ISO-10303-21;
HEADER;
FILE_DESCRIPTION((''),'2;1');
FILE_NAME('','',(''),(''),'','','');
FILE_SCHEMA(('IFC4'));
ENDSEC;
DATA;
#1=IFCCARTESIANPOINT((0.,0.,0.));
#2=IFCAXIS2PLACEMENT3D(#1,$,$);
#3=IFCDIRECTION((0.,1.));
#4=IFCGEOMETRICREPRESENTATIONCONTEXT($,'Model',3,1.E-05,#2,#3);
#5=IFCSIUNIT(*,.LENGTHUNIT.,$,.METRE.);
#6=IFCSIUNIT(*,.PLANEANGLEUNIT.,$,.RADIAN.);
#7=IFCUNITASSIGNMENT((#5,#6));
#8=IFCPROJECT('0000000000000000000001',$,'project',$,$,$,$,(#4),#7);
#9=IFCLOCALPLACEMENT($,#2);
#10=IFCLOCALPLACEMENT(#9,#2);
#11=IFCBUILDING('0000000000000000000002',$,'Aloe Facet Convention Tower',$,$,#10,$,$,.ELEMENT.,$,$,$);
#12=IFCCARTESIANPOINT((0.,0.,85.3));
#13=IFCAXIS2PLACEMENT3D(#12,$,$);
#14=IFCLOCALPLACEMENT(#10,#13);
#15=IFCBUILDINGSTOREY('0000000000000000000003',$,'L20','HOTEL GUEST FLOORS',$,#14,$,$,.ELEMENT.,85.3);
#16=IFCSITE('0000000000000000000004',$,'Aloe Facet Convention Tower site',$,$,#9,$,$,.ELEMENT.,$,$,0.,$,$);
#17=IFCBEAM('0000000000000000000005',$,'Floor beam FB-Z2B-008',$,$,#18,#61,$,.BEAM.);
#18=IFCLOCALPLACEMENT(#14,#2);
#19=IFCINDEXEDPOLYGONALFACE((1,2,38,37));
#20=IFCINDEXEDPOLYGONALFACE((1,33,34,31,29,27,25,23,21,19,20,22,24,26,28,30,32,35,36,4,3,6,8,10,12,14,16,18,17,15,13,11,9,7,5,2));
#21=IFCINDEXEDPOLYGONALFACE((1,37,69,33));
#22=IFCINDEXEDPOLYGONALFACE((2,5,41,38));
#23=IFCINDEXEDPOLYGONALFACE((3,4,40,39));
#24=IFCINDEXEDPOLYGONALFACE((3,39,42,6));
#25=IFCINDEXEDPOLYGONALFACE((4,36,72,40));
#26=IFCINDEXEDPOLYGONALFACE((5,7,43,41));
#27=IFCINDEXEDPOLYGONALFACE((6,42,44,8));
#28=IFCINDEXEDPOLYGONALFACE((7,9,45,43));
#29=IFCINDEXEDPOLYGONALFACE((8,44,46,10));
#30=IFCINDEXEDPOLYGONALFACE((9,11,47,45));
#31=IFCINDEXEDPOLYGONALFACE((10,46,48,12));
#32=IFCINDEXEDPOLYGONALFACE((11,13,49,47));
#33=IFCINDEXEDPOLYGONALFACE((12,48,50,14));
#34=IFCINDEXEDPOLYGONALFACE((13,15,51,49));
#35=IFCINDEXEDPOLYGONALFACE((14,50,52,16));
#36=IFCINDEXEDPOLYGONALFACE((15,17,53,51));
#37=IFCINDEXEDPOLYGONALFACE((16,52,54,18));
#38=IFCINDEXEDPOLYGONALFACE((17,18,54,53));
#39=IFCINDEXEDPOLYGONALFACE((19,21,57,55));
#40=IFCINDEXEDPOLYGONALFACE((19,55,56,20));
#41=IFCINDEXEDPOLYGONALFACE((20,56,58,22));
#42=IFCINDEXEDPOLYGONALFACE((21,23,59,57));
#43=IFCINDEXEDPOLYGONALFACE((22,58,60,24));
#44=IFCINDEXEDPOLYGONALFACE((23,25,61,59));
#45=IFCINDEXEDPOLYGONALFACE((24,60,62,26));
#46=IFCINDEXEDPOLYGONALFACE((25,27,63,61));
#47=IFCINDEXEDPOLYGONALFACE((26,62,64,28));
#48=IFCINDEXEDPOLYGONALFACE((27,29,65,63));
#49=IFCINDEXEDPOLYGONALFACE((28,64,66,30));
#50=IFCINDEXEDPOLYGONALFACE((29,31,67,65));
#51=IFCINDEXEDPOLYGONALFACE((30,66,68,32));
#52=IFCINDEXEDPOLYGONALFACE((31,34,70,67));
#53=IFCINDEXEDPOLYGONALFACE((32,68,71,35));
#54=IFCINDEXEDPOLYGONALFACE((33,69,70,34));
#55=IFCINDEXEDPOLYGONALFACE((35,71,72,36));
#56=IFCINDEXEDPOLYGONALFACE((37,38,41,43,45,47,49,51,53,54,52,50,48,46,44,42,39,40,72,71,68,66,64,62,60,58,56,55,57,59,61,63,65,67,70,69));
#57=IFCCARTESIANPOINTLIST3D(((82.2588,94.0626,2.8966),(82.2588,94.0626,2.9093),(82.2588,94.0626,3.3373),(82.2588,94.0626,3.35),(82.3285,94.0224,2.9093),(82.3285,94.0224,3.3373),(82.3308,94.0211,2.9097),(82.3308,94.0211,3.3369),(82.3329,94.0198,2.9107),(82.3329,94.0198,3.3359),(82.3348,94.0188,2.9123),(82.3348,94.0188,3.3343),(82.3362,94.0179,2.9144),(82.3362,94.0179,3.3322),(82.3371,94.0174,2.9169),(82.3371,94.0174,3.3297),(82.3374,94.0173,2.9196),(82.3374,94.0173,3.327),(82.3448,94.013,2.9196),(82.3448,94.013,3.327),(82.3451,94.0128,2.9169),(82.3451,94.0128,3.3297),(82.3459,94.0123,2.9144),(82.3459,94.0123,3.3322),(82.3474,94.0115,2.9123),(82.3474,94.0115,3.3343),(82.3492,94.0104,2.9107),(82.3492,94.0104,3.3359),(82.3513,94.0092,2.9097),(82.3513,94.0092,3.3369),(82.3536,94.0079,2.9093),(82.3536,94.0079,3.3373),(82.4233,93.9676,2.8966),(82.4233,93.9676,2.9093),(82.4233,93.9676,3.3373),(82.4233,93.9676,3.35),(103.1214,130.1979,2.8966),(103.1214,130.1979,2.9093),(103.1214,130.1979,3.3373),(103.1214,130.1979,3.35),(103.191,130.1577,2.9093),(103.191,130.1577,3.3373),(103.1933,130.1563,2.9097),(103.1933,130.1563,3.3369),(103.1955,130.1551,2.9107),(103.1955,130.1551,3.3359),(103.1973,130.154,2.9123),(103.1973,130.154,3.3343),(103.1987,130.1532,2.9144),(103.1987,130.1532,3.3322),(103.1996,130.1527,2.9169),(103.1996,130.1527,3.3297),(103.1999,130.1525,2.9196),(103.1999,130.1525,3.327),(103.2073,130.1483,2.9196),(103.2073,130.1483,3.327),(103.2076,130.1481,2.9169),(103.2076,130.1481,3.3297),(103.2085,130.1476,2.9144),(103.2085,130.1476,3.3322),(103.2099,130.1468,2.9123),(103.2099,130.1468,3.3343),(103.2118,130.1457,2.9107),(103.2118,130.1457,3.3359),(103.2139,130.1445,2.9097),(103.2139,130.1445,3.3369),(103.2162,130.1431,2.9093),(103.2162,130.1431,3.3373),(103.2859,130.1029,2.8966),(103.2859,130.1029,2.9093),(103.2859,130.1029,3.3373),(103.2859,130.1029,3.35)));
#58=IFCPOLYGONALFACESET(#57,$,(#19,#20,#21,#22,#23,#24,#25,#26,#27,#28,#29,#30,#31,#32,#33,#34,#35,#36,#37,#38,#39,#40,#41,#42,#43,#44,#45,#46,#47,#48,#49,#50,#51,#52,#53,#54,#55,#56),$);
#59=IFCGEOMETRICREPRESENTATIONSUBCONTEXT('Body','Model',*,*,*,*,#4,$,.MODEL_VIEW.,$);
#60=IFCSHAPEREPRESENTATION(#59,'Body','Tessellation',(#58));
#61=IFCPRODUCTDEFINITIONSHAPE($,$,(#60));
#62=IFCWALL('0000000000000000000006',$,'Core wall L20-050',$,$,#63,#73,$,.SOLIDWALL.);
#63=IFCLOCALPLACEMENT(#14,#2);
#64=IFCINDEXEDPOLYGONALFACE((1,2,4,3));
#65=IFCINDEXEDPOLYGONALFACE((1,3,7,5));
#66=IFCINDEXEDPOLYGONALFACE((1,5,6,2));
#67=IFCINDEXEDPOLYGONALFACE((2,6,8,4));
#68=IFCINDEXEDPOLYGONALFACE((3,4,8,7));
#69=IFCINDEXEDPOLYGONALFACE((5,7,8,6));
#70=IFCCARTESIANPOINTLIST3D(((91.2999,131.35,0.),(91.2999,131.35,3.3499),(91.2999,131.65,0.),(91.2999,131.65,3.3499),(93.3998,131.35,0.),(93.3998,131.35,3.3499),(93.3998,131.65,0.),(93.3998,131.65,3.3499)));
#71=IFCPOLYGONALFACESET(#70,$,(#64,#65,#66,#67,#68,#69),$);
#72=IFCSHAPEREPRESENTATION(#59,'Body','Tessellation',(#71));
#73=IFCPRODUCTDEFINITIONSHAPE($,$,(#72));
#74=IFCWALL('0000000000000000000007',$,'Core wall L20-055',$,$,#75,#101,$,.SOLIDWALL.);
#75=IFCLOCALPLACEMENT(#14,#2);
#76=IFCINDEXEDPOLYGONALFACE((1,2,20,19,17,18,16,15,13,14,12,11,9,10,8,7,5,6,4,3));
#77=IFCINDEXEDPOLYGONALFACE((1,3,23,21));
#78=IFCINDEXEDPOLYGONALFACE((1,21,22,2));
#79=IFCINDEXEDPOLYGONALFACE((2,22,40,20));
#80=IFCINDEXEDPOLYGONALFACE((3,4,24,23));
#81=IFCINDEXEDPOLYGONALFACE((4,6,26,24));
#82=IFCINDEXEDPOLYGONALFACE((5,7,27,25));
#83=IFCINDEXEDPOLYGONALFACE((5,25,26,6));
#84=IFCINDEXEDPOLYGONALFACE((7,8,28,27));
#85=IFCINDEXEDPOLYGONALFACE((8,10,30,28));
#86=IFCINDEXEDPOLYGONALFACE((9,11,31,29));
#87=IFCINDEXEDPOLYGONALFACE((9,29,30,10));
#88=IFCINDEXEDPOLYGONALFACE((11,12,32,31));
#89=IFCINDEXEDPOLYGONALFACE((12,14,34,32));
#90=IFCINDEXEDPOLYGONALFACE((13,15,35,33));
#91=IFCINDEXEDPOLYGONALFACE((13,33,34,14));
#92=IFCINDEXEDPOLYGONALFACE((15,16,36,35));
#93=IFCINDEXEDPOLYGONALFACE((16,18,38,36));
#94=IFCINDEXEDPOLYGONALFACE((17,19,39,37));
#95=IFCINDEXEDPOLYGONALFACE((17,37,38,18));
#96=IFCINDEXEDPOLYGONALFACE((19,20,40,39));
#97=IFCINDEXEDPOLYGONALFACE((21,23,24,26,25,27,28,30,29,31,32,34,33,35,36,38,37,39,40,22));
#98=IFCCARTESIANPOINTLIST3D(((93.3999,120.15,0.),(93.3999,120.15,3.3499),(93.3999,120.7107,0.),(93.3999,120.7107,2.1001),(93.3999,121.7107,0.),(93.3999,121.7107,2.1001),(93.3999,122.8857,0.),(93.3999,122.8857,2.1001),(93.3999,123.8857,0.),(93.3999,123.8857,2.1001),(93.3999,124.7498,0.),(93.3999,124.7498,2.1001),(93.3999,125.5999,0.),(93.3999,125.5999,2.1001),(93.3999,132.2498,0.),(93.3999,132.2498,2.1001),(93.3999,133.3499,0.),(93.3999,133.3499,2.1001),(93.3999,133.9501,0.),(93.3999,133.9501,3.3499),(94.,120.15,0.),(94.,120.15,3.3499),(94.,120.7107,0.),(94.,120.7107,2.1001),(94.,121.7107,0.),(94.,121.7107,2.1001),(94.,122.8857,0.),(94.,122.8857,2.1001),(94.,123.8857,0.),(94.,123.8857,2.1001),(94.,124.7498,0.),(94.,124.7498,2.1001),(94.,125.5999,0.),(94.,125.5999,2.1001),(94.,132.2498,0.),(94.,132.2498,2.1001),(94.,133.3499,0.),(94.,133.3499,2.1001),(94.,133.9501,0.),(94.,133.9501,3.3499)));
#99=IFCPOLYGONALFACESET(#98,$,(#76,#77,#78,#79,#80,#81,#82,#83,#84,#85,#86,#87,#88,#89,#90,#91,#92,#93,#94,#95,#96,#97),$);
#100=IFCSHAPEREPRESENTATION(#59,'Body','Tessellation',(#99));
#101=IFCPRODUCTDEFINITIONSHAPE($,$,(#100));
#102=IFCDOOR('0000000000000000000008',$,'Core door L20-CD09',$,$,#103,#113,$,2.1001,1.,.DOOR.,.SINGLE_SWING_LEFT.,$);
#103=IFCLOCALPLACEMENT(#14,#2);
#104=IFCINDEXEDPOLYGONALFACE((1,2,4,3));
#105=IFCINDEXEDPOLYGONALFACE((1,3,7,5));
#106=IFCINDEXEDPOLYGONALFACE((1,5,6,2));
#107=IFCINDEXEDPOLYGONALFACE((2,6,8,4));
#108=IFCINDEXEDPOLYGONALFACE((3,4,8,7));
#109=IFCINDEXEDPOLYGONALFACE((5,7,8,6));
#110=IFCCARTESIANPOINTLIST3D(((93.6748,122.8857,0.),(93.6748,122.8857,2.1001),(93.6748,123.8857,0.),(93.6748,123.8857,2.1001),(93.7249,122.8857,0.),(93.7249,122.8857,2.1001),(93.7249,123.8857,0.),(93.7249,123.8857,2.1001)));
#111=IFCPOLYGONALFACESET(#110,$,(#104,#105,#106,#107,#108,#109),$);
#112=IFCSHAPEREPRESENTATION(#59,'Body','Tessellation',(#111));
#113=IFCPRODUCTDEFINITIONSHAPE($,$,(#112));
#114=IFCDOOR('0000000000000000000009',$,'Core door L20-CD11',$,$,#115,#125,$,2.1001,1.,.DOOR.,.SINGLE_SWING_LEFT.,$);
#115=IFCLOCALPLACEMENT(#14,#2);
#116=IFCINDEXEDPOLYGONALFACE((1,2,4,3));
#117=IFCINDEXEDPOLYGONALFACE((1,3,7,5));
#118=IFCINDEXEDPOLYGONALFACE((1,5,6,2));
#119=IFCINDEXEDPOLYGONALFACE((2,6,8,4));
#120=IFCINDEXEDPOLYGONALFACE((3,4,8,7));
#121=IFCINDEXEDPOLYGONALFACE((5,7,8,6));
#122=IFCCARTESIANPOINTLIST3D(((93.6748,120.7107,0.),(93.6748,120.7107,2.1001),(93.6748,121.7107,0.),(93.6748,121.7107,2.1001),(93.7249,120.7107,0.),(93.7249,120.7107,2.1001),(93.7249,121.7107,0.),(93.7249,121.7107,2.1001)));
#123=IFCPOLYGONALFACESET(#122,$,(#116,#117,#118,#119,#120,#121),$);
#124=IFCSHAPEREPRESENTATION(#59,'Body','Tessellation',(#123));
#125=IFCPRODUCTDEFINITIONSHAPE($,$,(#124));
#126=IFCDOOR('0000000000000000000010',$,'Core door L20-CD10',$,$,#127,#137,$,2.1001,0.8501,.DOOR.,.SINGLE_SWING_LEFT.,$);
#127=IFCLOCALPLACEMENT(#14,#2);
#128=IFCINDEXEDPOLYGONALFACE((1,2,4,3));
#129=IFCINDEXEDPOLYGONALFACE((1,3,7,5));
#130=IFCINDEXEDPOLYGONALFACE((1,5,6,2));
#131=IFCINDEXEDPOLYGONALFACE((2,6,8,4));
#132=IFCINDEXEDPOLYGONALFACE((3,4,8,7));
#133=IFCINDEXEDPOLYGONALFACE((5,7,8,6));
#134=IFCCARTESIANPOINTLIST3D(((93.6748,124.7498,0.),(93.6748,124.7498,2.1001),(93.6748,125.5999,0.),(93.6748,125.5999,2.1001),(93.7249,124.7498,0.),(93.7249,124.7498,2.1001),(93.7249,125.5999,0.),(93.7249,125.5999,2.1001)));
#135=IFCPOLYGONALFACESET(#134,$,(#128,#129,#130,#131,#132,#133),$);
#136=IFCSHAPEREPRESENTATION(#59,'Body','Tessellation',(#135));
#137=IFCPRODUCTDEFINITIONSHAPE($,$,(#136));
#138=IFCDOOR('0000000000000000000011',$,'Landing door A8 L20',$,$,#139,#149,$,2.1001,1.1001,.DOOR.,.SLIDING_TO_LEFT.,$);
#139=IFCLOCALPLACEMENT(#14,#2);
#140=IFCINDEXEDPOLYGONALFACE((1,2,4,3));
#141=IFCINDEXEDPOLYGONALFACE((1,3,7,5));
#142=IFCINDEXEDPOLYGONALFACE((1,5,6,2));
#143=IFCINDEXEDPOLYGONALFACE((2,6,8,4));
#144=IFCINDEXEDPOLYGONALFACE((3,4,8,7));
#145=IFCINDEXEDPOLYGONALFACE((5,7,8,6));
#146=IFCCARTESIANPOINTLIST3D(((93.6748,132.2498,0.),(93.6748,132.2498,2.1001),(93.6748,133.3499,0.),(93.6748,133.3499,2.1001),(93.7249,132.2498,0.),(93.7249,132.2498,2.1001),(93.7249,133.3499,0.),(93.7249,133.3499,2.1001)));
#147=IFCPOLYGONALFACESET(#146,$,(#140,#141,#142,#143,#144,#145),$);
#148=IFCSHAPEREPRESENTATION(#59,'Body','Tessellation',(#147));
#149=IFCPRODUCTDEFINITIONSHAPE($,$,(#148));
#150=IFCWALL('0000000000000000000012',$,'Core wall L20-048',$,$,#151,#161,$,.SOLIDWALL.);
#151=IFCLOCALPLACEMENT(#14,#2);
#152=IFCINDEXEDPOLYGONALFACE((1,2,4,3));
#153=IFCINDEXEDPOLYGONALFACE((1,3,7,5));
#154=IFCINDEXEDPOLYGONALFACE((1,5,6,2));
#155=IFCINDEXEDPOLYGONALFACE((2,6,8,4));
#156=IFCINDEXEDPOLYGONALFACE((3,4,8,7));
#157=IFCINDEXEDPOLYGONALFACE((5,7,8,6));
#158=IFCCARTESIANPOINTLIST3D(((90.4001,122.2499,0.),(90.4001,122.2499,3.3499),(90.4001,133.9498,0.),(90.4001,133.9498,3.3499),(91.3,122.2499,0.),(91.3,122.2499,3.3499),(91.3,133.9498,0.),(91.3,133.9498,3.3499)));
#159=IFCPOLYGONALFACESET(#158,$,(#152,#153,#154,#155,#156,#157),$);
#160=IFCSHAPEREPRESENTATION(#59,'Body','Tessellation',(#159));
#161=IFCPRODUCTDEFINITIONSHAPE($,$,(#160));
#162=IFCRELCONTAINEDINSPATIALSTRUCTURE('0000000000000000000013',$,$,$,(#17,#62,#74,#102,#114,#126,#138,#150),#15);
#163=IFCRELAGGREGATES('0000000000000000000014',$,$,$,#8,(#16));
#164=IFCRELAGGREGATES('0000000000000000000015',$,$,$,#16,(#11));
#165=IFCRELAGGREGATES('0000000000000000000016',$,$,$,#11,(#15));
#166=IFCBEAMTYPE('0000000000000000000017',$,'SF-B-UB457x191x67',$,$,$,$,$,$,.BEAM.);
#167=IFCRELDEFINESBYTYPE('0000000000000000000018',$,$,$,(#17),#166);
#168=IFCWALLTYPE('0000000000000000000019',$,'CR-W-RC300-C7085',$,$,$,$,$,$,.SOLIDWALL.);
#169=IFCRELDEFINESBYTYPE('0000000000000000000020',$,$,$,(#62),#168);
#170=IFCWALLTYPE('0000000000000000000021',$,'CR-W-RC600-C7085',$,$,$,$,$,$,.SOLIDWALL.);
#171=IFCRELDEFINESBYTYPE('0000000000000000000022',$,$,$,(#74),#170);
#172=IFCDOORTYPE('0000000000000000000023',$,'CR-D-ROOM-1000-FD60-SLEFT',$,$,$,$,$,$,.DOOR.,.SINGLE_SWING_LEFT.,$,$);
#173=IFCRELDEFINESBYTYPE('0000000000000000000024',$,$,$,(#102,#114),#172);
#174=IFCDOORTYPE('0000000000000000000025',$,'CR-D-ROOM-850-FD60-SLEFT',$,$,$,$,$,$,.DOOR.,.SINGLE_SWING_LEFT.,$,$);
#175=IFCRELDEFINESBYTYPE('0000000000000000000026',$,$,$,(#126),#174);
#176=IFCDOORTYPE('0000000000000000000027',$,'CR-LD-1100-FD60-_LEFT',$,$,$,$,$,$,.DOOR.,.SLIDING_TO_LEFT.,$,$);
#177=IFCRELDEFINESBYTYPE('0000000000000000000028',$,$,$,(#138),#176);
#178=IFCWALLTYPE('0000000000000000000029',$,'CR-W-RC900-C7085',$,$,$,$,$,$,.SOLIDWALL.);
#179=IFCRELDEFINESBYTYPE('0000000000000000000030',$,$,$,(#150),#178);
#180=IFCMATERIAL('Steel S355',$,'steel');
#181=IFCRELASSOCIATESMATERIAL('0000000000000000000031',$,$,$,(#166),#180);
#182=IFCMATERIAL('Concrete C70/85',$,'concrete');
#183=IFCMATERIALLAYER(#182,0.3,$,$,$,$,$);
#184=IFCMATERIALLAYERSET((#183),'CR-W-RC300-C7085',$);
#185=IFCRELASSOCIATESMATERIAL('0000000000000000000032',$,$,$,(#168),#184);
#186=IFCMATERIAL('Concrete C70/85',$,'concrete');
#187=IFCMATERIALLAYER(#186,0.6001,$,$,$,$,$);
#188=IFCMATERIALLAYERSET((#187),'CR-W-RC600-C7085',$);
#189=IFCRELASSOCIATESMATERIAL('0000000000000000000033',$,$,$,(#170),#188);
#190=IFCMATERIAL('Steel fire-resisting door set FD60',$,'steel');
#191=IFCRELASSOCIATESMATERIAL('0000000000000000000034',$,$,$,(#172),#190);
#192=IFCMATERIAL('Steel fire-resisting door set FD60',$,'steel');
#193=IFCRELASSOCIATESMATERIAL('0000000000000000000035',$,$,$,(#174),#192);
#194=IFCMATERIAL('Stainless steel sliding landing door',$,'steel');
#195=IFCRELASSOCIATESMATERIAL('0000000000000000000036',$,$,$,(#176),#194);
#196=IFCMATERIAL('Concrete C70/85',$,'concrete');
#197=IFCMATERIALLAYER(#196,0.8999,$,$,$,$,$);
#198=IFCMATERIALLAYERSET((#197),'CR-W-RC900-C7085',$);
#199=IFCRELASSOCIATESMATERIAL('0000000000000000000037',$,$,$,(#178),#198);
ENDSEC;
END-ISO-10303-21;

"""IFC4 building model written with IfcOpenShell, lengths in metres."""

from ifc_helpers import new_model, si_unit, direction, frame, frame_2d, origin, origin_2d, place, context, subcontext, project, spatial, rectangle, i_section, extrude, material, layer, layer_set, material_profile, profile_set, type_object, element, fill, save


model = new_model("IFC4")

# Units and contexts
model_context = context("Model", 3, precision=1e-05, world=origin(), true_north=direction((0.0, 1.0)))
body_context = subcontext(model_context, "Body", "Model", "MODEL_VIEW")
ifc_project = project(units=[si_unit("LENGTHUNIT", "METRE"), si_unit("PLANEANGLEUNIT", "RADIAN")], contexts=[model_context])

# Site, building, storey
site_placement = place(None, origin())
site = spatial("IfcSite", under=ifc_project, at=site_placement, Name="Aloe Facet Convention Tower site", CompositionType="ELEMENT", RefElevation=0.0)
building_placement = place(site_placement, origin())
building = spatial("IfcBuilding", under=site, at=building_placement, Name="Aloe Facet Convention Tower", CompositionType="ELEMENT")
storey_placement = place(building_placement, frame((0.0, 0.0, 85.3)))
storey = spatial("IfcBuildingStorey", under=building, at=storey_placement, Name="L20", Description="HOTEL GUEST FLOORS", CompositionType="ELEMENT", Elevation=85.3)

# Beam
ifc_material_1 = material(Name="Steel S355", Category="steel")
ifc_material_profile_1 = material_profile(ifc_material_1, i_section(OverallWidth=0.1899, OverallDepth=0.4534, WebThickness=0.0085, FlangeThickness=0.0127, FilletRadius=0.0103, at=origin_2d()), Name="UB 457x191x67")
ifc_profile_set_1 = profile_set([ifc_material_profile_1], Name="Steel S355")
beam_type_1 = type_object("IfcBeamType", Name="SF-B-UB457x191x67", PredefinedType="BEAM", material=ifc_profile_set_1)
beam_1_placement = place(storey_placement, frame((103.2036, 130.1504, 3.1233), z_axis=(-0.499997, -0.866027, 0.0), x_axis=(0.866027, -0.499997, 0.0)))
element("IfcBeam", 1, at=beam_1_placement, inside=storey, type_object=beam_type_1, Name="Floor beam FB-Z2B-008", PredefinedType="BEAM", context=body_context, shape_type="SweptSolid", body=[
    extrude(i_section(OverallWidth=0.1899, OverallDepth=0.4534, WebThickness=0.0085, FlangeThickness=0.0127, FilletRadius=0.0103, at=origin_2d()), origin(), (0.0, 0.0, 1.0), 41.7253),
])

# Wall
ifc_material_2 = material(Name="Concrete C70/85", Category="concrete")
ifc_layer_1 = layer(ifc_material_2, 0.3)
ifc_layer_set_1 = layer_set([ifc_layer_1], Name="CR-W-RC300-C7085")
wall_type_1 = type_object("IfcWallType", Name="CR-W-RC300-C7085", PredefinedType="SOLIDWALL", material=ifc_layer_set_1)
wall_1_placement = place(storey_placement, frame((91.3, 131.5, 0.0), z_axis=(0.0, 0.0, 1.0), x_axis=(1.0, 0.0, 0.0)))
element("IfcWall", 2, at=wall_1_placement, inside=storey, type_object=wall_type_1, Name="Core wall L20-050", PredefinedType="SOLIDWALL", context=body_context, shape_type="SweptSolid", body=[
    extrude(rectangle(XDim=2.0999, YDim=0.3, at=frame_2d((1.0498, 0.0))), origin(), (0.0, 0.0, 1.0), 3.3499),
])

# Wall, openings, doors
ifc_material_3 = material(Name="Concrete C70/85", Category="concrete")
ifc_layer_2 = layer(ifc_material_3, 0.6001)
ifc_layer_set_2 = layer_set([ifc_layer_2], Name="CR-W-RC600-C7085")
wall_type_2 = type_object("IfcWallType", Name="CR-W-RC600-C7085", PredefinedType="SOLIDWALL", material=ifc_layer_set_2)
wall_2_placement = place(storey_placement, frame((93.7, 133.95, 0.0), z_axis=(0.0, 0.0, 1.0), x_axis=(0.0, -1.0, 0.0)))
wall_2 = element("IfcWall", 3, at=wall_2_placement, inside=storey, type_object=wall_type_2, Name="Core wall L20-055", PredefinedType="SOLIDWALL", context=body_context, shape_type="SweptSolid", body=[
    extrude(rectangle(XDim=13.8, YDim=0.6001, at=frame_2d((6.8999, 0.0))), origin(), (0.0, 0.0, 1.0), 3.3499),
])
opening_1_placement = place(wall_2_placement, frame((0.6001, 0.0, 0.0)))
opening_1 = element("IfcOpeningElement", 4, at=opening_1_placement, cuts=wall_2, PredefinedType="OPENING", context=body_context, shape_type="SweptSolid", body=[
    extrude(rectangle(XDim=1.1001, YDim=2.1001, at=frame_2d((0.55, 1.05))), frame((0.0, 0.3101, 0.0), z_axis=(0.0, -1.0, 0.0), x_axis=(1.0, 0.0, 0.0)), (0.0, 0.0, 1.0), 0.6201),
])
opening_2_placement = place(wall_2_placement, frame((10.0642, 0.0, 0.0)))
opening_2 = element("IfcOpeningElement", 5, at=opening_2_placement, cuts=wall_2, PredefinedType="OPENING", context=body_context, shape_type="SweptSolid", body=[
    extrude(rectangle(XDim=1.0, YDim=2.1001, at=frame_2d((0.5, 1.05))), frame((0.0, 0.3101, 0.0), z_axis=(0.0, -1.0, 0.0), x_axis=(1.0, 0.0, 0.0)), (0.0, 0.0, 1.0), 0.6201),
])
opening_3_placement = place(wall_2_placement, frame((8.3501, 0.0, 0.0)))
opening_3 = element("IfcOpeningElement", 6, at=opening_3_placement, cuts=wall_2, PredefinedType="OPENING", context=body_context, shape_type="SweptSolid", body=[
    extrude(rectangle(XDim=0.8501, YDim=2.1001, at=frame_2d((0.425, 1.05))), frame((0.0, 0.3101, 0.0), z_axis=(0.0, -1.0, 0.0), x_axis=(1.0, 0.0, 0.0)), (0.0, 0.0, 1.0), 0.6201),
])
opening_4_placement = place(wall_2_placement, frame((12.2393, 0.0, 0.0)))
opening_4 = element("IfcOpeningElement", 7, at=opening_4_placement, cuts=wall_2, PredefinedType="OPENING", context=body_context, shape_type="SweptSolid", body=[
    extrude(rectangle(XDim=1.0, YDim=2.1001, at=frame_2d((0.5, 1.05))), frame((0.0, 0.3101, 0.0), z_axis=(0.0, -1.0, 0.0), x_axis=(1.0, 0.0, 0.0)), (0.0, 0.0, 1.0), 0.6201),
])
ifc_material_4 = material(Name="Steel fire-resisting door set FD60", Category="steel")
door_type_1 = type_object("IfcDoorType", Name="CR-D-ROOM-1000-FD60-SLEFT", OperationType="SINGLE_SWING_LEFT", PredefinedType="DOOR", material=ifc_material_4)
door_1_placement = place(opening_2_placement, origin())
door_1 = element("IfcDoor", 8, at=door_1_placement, inside=storey, type_object=door_type_1, Name="Core door L20-CD09", OperationType="SINGLE_SWING_LEFT", OverallHeight=2.1001, OverallWidth=1.0, PredefinedType="DOOR", context=body_context, shape_type="SweptSolid", body=[
    extrude(rectangle(XDim=1.0, YDim=2.1001, at=frame_2d((0.5, 1.05))), frame((0.0, 0.0249, 0.0), z_axis=(0.0, -1.0, 0.0), x_axis=(1.0, 0.0, 0.0)), (0.0, 0.0, 1.0), 0.05),
])
fill(opening_2, door_1)
door_2_placement = place(opening_4_placement, origin())
door_2 = element("IfcDoor", 9, at=door_2_placement, inside=storey, type_object=door_type_1, Name="Core door L20-CD11", OperationType="SINGLE_SWING_LEFT", OverallHeight=2.1001, OverallWidth=1.0, PredefinedType="DOOR", context=body_context, shape_type="SweptSolid", body=[
    extrude(rectangle(XDim=1.0, YDim=2.1001, at=frame_2d((0.5, 1.05))), frame((0.0, 0.0249, 0.0), z_axis=(0.0, -1.0, 0.0), x_axis=(1.0, 0.0, 0.0)), (0.0, 0.0, 1.0), 0.05),
])
fill(opening_4, door_2)
ifc_material_5 = material(Name="Steel fire-resisting door set FD60", Category="steel")
door_type_2 = type_object("IfcDoorType", Name="CR-D-ROOM-850-FD60-SLEFT", OperationType="SINGLE_SWING_LEFT", PredefinedType="DOOR", material=ifc_material_5)
door_3_placement = place(opening_3_placement, origin())
door_3 = element("IfcDoor", 10, at=door_3_placement, inside=storey, type_object=door_type_2, Name="Core door L20-CD10", OperationType="SINGLE_SWING_LEFT", OverallHeight=2.1001, OverallWidth=0.8501, PredefinedType="DOOR", context=body_context, shape_type="SweptSolid", body=[
    extrude(rectangle(XDim=0.8501, YDim=2.1001, at=frame_2d((0.425, 1.05))), frame((0.0, 0.0249, 0.0), z_axis=(0.0, -1.0, 0.0), x_axis=(1.0, 0.0, 0.0)), (0.0, 0.0, 1.0), 0.05),
])
fill(opening_3, door_3)
ifc_material_6 = material(Name="Stainless steel sliding landing door", Category="steel")
door_type_3 = type_object("IfcDoorType", Name="CR-LD-1100-FD60-_LEFT", OperationType="SLIDING_TO_LEFT", PredefinedType="DOOR", material=ifc_material_6)
door_4_placement = place(opening_1_placement, origin())
door_4 = element("IfcDoor", 11, at=door_4_placement, inside=storey, type_object=door_type_3, Name="Landing door A8 L20", OperationType="SLIDING_TO_LEFT", OverallHeight=2.1001, OverallWidth=1.1001, PredefinedType="DOOR", context=body_context, shape_type="SweptSolid", body=[
    extrude(rectangle(XDim=1.1001, YDim=2.1001, at=frame_2d((0.55, 1.05))), frame((0.0, 0.0249, 0.0), z_axis=(0.0, -1.0, 0.0), x_axis=(1.0, 0.0, 0.0)), (0.0, 0.0, 1.0), 0.05),
])
fill(opening_1, door_4)

# Wall
ifc_material_7 = material(Name="Concrete C70/85", Category="concrete")
ifc_layer_3 = layer(ifc_material_7, 0.8999)
ifc_layer_set_3 = layer_set([ifc_layer_3], Name="CR-W-RC900-C7085")
wall_type_3 = type_object("IfcWallType", Name="CR-W-RC900-C7085", PredefinedType="SOLIDWALL", material=ifc_layer_set_3)
wall_3_placement = place(storey_placement, frame((90.8501, 133.95, 0.0), z_axis=(0.0, 0.0, 1.0), x_axis=(0.0, -1.0, 0.0)))
element("IfcWall", 12, at=wall_3_placement, inside=storey, type_object=wall_type_3, Name="Core wall L20-048", PredefinedType="SOLIDWALL", context=body_context, shape_type="SweptSolid", body=[
    extrude(rectangle(XDim=11.7, YDim=0.8999, at=frame_2d((5.8501, 0.0))), origin(), (0.0, 0.0, 1.0), 3.3499),
])

save(model, "model.ifc")
